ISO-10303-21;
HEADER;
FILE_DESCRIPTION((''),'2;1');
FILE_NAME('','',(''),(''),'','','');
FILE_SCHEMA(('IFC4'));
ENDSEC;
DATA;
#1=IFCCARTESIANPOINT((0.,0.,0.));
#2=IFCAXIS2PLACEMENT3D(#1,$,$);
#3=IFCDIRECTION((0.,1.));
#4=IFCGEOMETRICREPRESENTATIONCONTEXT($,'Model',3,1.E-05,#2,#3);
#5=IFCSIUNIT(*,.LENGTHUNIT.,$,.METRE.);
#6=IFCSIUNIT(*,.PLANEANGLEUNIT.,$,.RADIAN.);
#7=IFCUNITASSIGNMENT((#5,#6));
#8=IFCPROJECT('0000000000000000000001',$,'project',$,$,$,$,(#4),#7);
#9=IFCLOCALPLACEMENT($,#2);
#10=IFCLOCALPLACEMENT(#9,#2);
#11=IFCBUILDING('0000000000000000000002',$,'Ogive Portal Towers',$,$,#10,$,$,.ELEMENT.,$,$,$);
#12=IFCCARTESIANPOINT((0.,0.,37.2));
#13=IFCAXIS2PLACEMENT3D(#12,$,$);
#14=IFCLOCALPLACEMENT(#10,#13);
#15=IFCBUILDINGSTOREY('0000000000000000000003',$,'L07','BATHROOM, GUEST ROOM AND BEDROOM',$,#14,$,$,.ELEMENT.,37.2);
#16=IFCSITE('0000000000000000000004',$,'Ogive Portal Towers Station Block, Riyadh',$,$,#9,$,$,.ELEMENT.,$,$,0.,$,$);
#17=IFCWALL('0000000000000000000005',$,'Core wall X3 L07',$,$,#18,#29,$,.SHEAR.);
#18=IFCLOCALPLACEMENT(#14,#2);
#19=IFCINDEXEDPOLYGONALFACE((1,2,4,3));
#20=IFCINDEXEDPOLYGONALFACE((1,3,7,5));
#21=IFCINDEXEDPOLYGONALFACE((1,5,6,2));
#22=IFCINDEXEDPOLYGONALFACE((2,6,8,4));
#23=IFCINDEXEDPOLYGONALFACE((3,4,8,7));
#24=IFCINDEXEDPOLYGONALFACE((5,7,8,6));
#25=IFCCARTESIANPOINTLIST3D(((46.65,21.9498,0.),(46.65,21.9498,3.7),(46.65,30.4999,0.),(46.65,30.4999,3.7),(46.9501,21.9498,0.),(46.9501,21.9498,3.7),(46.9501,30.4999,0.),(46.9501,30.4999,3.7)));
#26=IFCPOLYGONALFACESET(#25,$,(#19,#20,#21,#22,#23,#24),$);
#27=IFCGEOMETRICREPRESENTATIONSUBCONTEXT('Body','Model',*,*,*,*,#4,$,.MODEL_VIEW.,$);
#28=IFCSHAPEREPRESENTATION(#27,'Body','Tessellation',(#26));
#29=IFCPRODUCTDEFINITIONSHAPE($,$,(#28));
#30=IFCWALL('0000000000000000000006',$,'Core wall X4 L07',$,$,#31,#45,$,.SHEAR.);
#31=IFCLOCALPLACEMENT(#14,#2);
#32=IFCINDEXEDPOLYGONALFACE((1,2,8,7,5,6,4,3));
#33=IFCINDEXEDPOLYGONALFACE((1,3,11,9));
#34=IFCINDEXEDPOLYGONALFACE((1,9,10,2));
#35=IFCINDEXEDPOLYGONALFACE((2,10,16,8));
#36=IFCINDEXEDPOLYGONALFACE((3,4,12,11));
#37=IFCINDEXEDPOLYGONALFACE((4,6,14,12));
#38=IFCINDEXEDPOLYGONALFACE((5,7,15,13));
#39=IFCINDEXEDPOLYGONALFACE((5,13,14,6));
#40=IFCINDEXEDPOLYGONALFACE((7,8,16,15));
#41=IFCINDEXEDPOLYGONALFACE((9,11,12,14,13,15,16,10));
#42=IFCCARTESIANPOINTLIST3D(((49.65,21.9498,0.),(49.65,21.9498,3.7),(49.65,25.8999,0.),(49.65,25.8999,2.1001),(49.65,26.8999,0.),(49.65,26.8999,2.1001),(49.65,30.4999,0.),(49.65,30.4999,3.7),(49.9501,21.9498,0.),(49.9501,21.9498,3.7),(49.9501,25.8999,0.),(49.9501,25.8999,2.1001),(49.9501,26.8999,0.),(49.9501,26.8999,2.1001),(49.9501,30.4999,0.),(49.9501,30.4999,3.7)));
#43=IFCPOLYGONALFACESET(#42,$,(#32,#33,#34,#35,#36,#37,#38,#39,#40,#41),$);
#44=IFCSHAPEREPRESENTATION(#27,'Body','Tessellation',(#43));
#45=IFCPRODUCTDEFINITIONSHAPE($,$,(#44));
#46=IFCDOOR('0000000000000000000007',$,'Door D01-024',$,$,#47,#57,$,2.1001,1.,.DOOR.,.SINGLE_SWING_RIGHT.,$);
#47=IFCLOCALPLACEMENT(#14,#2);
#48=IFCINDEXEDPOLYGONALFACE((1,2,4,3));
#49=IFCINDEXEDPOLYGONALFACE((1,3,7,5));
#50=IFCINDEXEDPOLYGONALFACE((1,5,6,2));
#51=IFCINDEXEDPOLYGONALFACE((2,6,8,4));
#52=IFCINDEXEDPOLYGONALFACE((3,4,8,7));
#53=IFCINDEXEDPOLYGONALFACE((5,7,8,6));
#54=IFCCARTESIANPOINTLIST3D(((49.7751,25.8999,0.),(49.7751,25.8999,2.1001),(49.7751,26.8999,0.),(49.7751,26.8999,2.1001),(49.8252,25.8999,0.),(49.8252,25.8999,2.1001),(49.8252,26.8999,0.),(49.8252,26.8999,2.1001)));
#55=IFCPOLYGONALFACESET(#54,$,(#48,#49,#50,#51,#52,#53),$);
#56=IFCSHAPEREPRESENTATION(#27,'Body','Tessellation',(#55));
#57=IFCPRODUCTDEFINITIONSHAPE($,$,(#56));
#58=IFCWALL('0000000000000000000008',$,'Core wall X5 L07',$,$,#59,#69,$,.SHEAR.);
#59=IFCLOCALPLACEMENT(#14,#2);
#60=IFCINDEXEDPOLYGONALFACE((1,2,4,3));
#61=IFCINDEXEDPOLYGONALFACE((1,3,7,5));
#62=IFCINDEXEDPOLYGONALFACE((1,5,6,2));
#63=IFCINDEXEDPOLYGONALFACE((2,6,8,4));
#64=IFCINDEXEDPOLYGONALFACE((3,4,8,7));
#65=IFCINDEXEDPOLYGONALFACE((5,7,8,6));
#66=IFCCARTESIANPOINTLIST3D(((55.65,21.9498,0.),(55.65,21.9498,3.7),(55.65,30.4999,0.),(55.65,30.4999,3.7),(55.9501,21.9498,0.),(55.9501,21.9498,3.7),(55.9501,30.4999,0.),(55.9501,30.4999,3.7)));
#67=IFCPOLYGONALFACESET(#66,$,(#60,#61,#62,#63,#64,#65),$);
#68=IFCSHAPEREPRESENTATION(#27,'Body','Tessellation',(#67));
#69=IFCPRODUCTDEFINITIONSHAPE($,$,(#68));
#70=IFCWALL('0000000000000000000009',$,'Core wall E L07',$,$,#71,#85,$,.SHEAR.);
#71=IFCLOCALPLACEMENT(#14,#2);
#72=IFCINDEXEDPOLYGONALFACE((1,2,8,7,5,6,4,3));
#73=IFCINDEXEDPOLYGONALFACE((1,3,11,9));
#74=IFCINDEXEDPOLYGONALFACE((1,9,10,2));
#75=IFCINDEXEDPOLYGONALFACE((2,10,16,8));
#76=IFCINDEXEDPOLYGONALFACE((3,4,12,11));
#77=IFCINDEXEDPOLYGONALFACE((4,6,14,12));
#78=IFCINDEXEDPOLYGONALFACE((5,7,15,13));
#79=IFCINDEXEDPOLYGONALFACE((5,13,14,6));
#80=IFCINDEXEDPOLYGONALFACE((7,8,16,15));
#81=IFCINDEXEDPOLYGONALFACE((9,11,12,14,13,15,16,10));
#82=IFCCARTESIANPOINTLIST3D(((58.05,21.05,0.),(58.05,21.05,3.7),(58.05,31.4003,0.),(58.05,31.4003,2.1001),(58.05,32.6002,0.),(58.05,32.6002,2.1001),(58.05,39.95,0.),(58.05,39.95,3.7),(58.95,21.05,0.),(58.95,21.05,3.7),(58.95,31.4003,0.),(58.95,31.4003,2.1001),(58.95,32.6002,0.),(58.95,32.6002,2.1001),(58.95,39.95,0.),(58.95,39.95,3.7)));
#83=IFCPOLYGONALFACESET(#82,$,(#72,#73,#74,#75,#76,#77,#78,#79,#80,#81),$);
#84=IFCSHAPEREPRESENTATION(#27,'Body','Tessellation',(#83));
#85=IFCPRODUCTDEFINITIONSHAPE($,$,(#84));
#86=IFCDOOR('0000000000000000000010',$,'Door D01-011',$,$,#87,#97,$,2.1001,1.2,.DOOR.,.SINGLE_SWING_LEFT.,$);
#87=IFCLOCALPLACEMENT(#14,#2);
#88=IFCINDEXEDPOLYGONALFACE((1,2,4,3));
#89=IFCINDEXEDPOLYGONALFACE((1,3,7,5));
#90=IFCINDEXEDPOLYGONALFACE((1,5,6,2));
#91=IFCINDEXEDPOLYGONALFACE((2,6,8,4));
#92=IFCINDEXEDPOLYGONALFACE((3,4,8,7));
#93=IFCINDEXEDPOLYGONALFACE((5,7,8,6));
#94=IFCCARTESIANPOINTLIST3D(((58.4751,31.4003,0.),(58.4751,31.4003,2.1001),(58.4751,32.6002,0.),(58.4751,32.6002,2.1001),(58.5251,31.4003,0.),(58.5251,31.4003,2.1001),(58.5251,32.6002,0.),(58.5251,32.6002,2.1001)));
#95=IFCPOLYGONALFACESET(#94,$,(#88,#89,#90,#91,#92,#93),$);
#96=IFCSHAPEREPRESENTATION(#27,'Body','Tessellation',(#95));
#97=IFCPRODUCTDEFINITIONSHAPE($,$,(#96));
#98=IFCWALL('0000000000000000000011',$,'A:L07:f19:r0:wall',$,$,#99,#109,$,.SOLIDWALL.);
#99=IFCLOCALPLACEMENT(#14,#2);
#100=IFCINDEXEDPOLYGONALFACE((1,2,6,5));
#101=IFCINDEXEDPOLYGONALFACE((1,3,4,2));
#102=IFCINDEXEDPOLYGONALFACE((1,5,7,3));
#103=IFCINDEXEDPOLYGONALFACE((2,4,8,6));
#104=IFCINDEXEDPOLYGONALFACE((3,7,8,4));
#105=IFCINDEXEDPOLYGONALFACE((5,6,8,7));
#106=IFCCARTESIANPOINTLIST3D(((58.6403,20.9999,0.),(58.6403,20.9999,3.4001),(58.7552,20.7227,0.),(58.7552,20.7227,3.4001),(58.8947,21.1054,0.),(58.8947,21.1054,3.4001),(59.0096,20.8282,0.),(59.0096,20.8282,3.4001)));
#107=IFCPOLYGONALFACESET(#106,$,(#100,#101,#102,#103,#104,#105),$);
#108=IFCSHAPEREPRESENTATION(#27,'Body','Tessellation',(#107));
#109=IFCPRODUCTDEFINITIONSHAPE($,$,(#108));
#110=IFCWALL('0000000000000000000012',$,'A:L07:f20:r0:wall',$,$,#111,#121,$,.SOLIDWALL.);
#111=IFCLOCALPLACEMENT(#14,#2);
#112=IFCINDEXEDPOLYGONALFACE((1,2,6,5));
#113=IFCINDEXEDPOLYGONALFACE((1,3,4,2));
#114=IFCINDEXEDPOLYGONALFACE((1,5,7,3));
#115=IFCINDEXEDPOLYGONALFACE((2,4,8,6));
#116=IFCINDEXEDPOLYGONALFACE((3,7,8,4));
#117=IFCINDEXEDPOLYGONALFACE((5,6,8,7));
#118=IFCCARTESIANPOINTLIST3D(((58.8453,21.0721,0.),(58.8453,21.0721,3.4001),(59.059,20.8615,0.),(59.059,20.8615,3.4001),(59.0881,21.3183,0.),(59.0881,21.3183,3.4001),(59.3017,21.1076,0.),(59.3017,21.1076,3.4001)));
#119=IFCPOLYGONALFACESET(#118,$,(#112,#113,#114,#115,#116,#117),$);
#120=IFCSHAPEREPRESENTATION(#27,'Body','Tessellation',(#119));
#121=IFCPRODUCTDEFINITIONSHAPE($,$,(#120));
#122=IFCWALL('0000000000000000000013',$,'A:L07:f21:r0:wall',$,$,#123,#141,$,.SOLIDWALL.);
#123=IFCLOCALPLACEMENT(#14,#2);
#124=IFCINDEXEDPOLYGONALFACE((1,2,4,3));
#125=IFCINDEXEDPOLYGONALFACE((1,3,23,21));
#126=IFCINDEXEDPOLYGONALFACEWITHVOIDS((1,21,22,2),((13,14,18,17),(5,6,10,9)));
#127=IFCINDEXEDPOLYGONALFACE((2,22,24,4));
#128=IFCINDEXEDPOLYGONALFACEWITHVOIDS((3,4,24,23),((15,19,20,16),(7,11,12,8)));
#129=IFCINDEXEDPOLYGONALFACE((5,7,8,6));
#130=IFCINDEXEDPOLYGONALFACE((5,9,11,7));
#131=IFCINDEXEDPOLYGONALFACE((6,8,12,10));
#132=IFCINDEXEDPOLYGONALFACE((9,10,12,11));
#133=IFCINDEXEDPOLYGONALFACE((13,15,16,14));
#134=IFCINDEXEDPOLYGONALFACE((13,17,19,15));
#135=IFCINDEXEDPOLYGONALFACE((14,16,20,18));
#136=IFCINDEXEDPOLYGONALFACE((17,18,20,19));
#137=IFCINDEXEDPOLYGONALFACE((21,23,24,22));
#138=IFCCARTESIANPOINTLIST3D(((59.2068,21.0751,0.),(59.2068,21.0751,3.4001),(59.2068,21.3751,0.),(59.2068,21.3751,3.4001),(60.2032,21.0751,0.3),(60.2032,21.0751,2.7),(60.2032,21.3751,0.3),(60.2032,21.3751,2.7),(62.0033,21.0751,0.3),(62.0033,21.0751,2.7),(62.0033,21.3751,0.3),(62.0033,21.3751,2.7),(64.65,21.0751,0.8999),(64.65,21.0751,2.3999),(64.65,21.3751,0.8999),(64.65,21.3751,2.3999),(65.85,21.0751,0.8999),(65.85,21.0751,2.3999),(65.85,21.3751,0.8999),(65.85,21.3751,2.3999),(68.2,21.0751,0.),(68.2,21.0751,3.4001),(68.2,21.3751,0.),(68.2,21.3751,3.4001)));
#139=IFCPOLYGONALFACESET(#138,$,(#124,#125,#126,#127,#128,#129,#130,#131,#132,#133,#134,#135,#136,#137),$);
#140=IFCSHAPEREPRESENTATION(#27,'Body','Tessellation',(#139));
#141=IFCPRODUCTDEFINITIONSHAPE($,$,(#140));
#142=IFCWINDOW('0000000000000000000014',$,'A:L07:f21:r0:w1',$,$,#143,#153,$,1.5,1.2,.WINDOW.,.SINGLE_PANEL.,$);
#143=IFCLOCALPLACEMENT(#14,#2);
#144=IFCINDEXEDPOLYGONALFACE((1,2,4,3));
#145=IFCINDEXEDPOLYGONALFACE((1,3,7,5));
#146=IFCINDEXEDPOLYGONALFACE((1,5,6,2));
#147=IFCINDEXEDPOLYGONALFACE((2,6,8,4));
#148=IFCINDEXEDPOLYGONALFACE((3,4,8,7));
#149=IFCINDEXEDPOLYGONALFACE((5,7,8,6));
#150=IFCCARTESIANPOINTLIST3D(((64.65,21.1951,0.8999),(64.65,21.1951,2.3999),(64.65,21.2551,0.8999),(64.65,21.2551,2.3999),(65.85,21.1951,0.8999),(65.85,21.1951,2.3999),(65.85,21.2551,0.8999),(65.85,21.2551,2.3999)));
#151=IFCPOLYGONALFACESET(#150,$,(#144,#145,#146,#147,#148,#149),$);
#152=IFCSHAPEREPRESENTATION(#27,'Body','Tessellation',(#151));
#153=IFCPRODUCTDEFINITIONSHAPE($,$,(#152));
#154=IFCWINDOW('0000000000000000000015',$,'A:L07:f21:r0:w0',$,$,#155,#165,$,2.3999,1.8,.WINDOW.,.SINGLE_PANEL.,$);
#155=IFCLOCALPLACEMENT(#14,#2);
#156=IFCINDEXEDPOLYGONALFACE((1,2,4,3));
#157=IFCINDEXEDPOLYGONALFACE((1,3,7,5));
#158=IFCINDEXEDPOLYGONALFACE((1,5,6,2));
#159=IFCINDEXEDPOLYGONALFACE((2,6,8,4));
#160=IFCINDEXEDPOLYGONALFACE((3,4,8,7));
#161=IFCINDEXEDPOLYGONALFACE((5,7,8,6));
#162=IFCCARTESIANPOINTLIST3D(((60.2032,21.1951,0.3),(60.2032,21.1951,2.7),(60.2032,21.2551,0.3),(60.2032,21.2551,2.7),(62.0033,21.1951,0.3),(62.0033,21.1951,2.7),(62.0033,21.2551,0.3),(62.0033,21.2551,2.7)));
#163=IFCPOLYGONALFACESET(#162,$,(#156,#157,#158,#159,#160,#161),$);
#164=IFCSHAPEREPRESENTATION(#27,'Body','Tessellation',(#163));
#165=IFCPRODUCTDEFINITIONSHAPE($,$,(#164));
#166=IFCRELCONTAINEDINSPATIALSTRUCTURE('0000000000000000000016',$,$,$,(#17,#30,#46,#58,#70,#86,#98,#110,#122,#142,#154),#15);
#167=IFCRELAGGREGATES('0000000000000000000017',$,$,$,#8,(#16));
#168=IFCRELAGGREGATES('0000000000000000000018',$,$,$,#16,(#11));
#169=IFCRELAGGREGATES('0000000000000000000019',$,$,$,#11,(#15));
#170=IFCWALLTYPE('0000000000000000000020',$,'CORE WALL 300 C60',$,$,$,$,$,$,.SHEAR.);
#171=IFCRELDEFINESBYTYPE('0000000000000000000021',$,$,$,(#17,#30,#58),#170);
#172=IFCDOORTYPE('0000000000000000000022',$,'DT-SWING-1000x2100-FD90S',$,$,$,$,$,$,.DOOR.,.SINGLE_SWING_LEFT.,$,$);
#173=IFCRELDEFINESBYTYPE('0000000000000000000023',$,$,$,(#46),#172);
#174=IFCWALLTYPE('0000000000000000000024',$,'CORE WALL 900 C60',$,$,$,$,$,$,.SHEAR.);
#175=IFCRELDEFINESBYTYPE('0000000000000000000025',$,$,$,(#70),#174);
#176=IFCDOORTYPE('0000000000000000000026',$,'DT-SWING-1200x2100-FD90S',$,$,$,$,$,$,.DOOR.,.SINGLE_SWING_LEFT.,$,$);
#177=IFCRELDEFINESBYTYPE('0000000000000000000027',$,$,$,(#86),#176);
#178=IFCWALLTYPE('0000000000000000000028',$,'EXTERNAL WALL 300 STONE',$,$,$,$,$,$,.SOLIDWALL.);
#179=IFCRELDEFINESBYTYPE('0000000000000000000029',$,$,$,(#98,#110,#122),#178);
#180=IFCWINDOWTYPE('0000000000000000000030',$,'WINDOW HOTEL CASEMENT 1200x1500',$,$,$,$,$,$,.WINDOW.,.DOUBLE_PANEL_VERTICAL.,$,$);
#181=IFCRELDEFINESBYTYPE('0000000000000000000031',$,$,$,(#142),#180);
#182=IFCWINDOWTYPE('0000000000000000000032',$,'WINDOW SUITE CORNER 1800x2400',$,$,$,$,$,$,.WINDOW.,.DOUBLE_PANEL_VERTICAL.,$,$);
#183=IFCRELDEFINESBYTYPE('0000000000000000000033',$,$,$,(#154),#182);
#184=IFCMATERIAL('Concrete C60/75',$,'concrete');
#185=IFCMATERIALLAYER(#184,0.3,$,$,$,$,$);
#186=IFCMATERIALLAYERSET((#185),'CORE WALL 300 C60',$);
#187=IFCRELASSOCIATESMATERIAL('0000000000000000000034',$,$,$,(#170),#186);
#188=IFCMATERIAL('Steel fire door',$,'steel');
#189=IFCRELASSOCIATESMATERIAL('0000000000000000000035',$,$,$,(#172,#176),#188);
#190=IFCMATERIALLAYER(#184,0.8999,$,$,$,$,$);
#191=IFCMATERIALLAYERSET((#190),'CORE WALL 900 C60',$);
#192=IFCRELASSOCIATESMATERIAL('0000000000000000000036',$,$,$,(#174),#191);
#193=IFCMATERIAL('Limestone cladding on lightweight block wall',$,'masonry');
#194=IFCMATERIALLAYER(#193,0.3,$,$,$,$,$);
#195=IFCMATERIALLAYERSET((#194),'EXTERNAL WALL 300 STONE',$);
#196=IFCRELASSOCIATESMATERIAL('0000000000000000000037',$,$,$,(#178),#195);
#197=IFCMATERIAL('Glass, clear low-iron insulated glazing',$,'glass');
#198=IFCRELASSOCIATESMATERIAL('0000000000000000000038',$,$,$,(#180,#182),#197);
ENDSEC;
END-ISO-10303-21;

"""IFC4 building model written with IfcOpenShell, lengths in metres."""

from ifc_helpers import new_model, si_unit, direction, frame, frame_2d, origin, place, context, subcontext, project, spatial, rectangle, extrude, material, layer, layer_set, type_object, element, fill, save


model = new_model("IFC4")

# Units and contexts
model_context = context("Model", 3, precision=1e-05, world=origin(), true_north=direction((0.0, 1.0)))
body_context = subcontext(model_context, "Body", "Model", "MODEL_VIEW")
ifc_project = project(units=[si_unit("LENGTHUNIT", "METRE"), si_unit("PLANEANGLEUNIT", "RADIAN")], contexts=[model_context])

# Site, building, storey
site_placement = place(None, origin())
site = spatial("IfcSite", under=ifc_project, at=site_placement, Name="Ogive Portal Towers Station Block, Riyadh", CompositionType="ELEMENT", RefElevation=0.0)
building_placement = place(site_placement, origin())
building = spatial("IfcBuilding", under=site, at=building_placement, Name="Ogive Portal Towers", CompositionType="ELEMENT")
storey_placement = place(building_placement, frame((0.0, 0.0, 37.2)))
storey = spatial("IfcBuildingStorey", under=building, at=storey_placement, Name="L07", Description="BATHROOM, GUEST ROOM AND BEDROOM", CompositionType="ELEMENT", Elevation=37.2)

# Wall
ifc_material_1 = material(Name="Concrete C60/75", Category="concrete")
ifc_layer_1 = layer(ifc_material_1, 0.3)
ifc_layer_set_1 = layer_set([ifc_layer_1], Name="CORE WALL 300 C60")
wall_type_1 = type_object("IfcWallType", Name="CORE WALL 300 C60", PredefinedType="SHEAR", material=ifc_layer_set_1)
wall_1_placement = place(storey_placement, frame((46.8, 21.95, 0.0), z_axis=(0.0, 0.0, 1.0), x_axis=(0.0, 1.0, 0.0)))
element("IfcWall", 1, at=wall_1_placement, inside=storey, type_object=wall_type_1, Name="Core wall X3 L07", PredefinedType="SHEAR", context=body_context, shape_type="SweptSolid", body=[
    extrude(rectangle(XDim=8.55, YDim=0.3, at=frame_2d((4.2749, 0.0))), origin(), (0.0, 0.0, 1.0), 3.7),
])

# Wall, opening, door
wall_2_placement = place(storey_placement, frame((49.8, 21.95, 0.0), z_axis=(0.0, 0.0, 1.0), x_axis=(0.0, 1.0, 0.0)))
wall_2 = element("IfcWall", 2, at=wall_2_placement, inside=storey, type_object=wall_type_1, Name="Core wall X4 L07", PredefinedType="SHEAR", context=body_context, shape_type="SweptSolid", body=[
    extrude(rectangle(XDim=8.55, YDim=0.3, at=frame_2d((4.2749, 0.0))), origin(), (0.0, 0.0, 1.0), 3.7),
])
opening_1_placement = place(wall_2_placement, frame((3.95, 0.0, 0.0)))
opening_1 = element("IfcOpeningElement", 3, at=opening_1_placement, cuts=wall_2, PredefinedType="OPENING", context=body_context, shape_type="SweptSolid", body=[
    extrude(rectangle(XDim=1.0, YDim=2.1001, at=frame_2d((0.5, 1.05))), frame((0.0, 0.1602, 0.0), z_axis=(0.0, -1.0, 0.0), x_axis=(1.0, 0.0, 0.0)), (0.0, 0.0, 1.0), 0.3201),
])
ifc_material_2 = material(Name="Steel fire door", Category="steel")
door_type_1 = type_object("IfcDoorType", Name="DT-SWING-1000x2100-FD90S", OperationType="SINGLE_SWING_LEFT", PredefinedType="DOOR", material=ifc_material_2)
door_1_placement = place(opening_1_placement, origin())
door_1 = element("IfcDoor", 4, at=door_1_placement, inside=storey, type_object=door_type_1, Name="Door D01-024", OperationType="SINGLE_SWING_RIGHT", OverallHeight=2.1001, OverallWidth=1.0, PredefinedType="DOOR", context=body_context, shape_type="SweptSolid", body=[
    extrude(rectangle(XDim=1.0, YDim=2.1001, at=frame_2d((0.5, 1.05))), frame((0.0, 0.0249, 0.0), z_axis=(0.0, -1.0, 0.0), x_axis=(1.0, 0.0, 0.0)), (0.0, 0.0, 1.0), 0.05),
])
fill(opening_1, door_1)

# Wall
wall_3_placement = place(storey_placement, frame((55.8, 21.95, 0.0), z_axis=(0.0, 0.0, 1.0), x_axis=(0.0, 1.0, 0.0)))
element("IfcWall", 5, at=wall_3_placement, inside=storey, type_object=wall_type_1, Name="Core wall X5 L07", PredefinedType="SHEAR", context=body_context, shape_type="SweptSolid", body=[
    extrude(rectangle(XDim=8.55, YDim=0.3, at=frame_2d((4.2749, 0.0))), origin(), (0.0, 0.0, 1.0), 3.7),
])

# Wall, opening, door
ifc_layer_2 = layer(ifc_material_1, 0.8999)
ifc_layer_set_2 = layer_set([ifc_layer_2], Name="CORE WALL 900 C60")
wall_type_2 = type_object("IfcWallType", Name="CORE WALL 900 C60", PredefinedType="SHEAR", material=ifc_layer_set_2)
wall_4_placement = place(storey_placement, frame((58.5, 21.05, 0.0), z_axis=(0.0, 0.0, 1.0), x_axis=(0.0, 1.0, 0.0)))
wall_4 = element("IfcWall", 6, at=wall_4_placement, inside=storey, type_object=wall_type_2, Name="Core wall E L07", PredefinedType="SHEAR", context=body_context, shape_type="SweptSolid", body=[
    extrude(rectangle(XDim=18.8999, YDim=0.8999, at=frame_2d((9.45, 0.0))), origin(), (0.0, 0.0, 1.0), 3.7),
])
opening_2_placement = place(wall_4_placement, frame((10.3501, 0.0, 0.0)))
opening_2 = element("IfcOpeningElement", 7, at=opening_2_placement, cuts=wall_4, PredefinedType="OPENING", context=body_context, shape_type="SweptSolid", body=[
    extrude(rectangle(XDim=1.2, YDim=2.1001, at=frame_2d((0.6001, 1.05))), frame((0.0, 0.46, 0.0), z_axis=(0.0, -1.0, 0.0), x_axis=(1.0, 0.0, 0.0)), (0.0, 0.0, 1.0), 0.9199),
])
door_type_2 = type_object("IfcDoorType", Name="DT-SWING-1200x2100-FD90S", OperationType="SINGLE_SWING_LEFT", PredefinedType="DOOR", material=ifc_material_2)
door_2_placement = place(opening_2_placement, origin())
door_2 = element("IfcDoor", 8, at=door_2_placement, inside=storey, type_object=door_type_2, Name="Door D01-011", OperationType="SINGLE_SWING_LEFT", OverallHeight=2.1001, OverallWidth=1.2, PredefinedType="DOOR", context=body_context, shape_type="SweptSolid", body=[
    extrude(rectangle(XDim=1.2, YDim=2.1001, at=frame_2d((0.6001, 1.05))), frame((0.0, 0.0249, 0.0), z_axis=(0.0, -1.0, 0.0), x_axis=(1.0, 0.0, 0.0)), (0.0, 0.0, 1.0), 0.05),
])
fill(opening_2, door_2)

# Walls
ifc_material_3 = material(Name="Limestone cladding on lightweight block wall", Category="masonry")
ifc_layer_3 = layer(ifc_material_3, 0.3)
ifc_layer_set_3 = layer_set([ifc_layer_3], Name="EXTERNAL WALL 300 STONE")
wall_type_3 = type_object("IfcWallType", Name="EXTERNAL WALL 300 STONE", PredefinedType="SOLIDWALL", material=ifc_layer_set_3)
wall_5_placement = place(storey_placement, frame((58.6978, 20.8613, 0.0), z_axis=(0.0, 0.0, 1.0), x_axis=(0.923757, 0.382978, 0.0)))
element("IfcWall", 9, at=wall_5_placement, inside=storey, type_object=wall_type_3, Name="A:L07:f19:r0:wall", PredefinedType="SOLIDWALL", context=body_context, shape_type="SweptSolid", body=[
    extrude(rectangle(XDim=0.2754, YDim=0.3, at=frame_2d((0.1377, 0.0))), origin(), (0.0, 0.0, 1.0), 3.4001),
])
wall_6_placement = place(storey_placement, frame((58.9521, 20.9668, 0.0), z_axis=(0.0, 0.0, 1.0), x_axis=(0.702145, 0.712034, 0.0)))
element("IfcWall", 10, at=wall_6_placement, inside=storey, type_object=wall_type_3, Name="A:L07:f20:r0:wall", PredefinedType="SOLIDWALL", context=body_context, shape_type="SweptSolid", body=[
    extrude(rectangle(XDim=0.3457, YDim=0.3, at=frame_2d((0.1729, 0.0))), origin(), (0.0, 0.0, 1.0), 3.4001),
])

# Wall, openings, windows
wall_7_placement = place(storey_placement, frame((59.2068, 21.2251, 0.0), z_axis=(0.0, 0.0, 1.0), x_axis=(1.0, 0.0, 0.0)))
wall_7 = element("IfcWall", 11, at=wall_7_placement, inside=storey, type_object=wall_type_3, Name="A:L07:f21:r0:wall", PredefinedType="SOLIDWALL", context=body_context, shape_type="SweptSolid", body=[
    extrude(rectangle(XDim=8.9932, YDim=0.3, at=frame_2d((4.4966, 0.0))), origin(), (0.0, 0.0, 1.0), 3.4001),
])
opening_3_placement = place(wall_7_placement, frame((0.9966, 0.0, 0.3)))
opening_3 = element("IfcOpeningElement", 12, at=opening_3_placement, cuts=wall_7, PredefinedType="OPENING", context=body_context, shape_type="SweptSolid", body=[
    extrude(rectangle(XDim=1.8, YDim=2.3999, at=frame_2d((0.8999, 1.2))), frame((0.0, 0.1602, 0.0), z_axis=(0.0, -1.0, 0.0), x_axis=(1.0, 0.0, 0.0)), (0.0, 0.0, 1.0), 0.3201),
])
opening_4_placement = place(wall_7_placement, frame((5.4431, 0.0, 0.8999)))
opening_4 = element("IfcOpeningElement", 13, at=opening_4_placement, cuts=wall_7, PredefinedType="OPENING", context=body_context, shape_type="SweptSolid", body=[
    extrude(rectangle(XDim=1.2, YDim=1.5, at=frame_2d((0.6001, 0.75))), frame((0.0, 0.1602, 0.0), z_axis=(0.0, -1.0, 0.0), x_axis=(1.0, 0.0, 0.0)), (0.0, 0.0, 1.0), 0.3201),
])
ifc_material_4 = material(Name="Glass, clear low-iron insulated glazing", Category="glass")
window_type_1 = type_object("IfcWindowType", Name="WINDOW HOTEL CASEMENT 1200x1500", PartitioningType="DOUBLE_PANEL_VERTICAL", PredefinedType="WINDOW", material=ifc_material_4)
window_1_placement = place(opening_4_placement, origin())
window_1 = element("IfcWindow", 14, at=window_1_placement, inside=storey, type_object=window_type_1, Name="A:L07:f21:r0:w1", OverallHeight=1.5, OverallWidth=1.2, PartitioningType="SINGLE_PANEL", PredefinedType="WINDOW", context=body_context, shape_type="SweptSolid", body=[
    extrude(rectangle(XDim=1.2, YDim=1.5, at=frame_2d((0.6001, 0.75))), frame((0.0, 0.03, 0.0), z_axis=(0.0, -1.0, 0.0), x_axis=(1.0, 0.0, 0.0)), (0.0, 0.0, 1.0), 0.0601),
])
fill(opening_4, window_1)
window_type_2 = type_object("IfcWindowType", Name="WINDOW SUITE CORNER 1800x2400", PartitioningType="DOUBLE_PANEL_VERTICAL", PredefinedType="WINDOW", material=ifc_material_4)
window_2_placement = place(opening_3_placement, origin())
window_2 = element("IfcWindow", 15, at=window_2_placement, inside=storey, type_object=window_type_2, Name="A:L07:f21:r0:w0", OverallHeight=2.3999, OverallWidth=1.8, PartitioningType="SINGLE_PANEL", PredefinedType="WINDOW", context=body_context, shape_type="SweptSolid", body=[
    extrude(rectangle(XDim=1.8, YDim=2.3999, at=frame_2d((0.8999, 1.2))), frame((0.0, 0.03, 0.0), z_axis=(0.0, -1.0, 0.0), x_axis=(1.0, 0.0, 0.0)), (0.0, 0.0, 1.0), 0.0601),
])
fill(opening_3, window_2)

save(model, "model.ifc")
